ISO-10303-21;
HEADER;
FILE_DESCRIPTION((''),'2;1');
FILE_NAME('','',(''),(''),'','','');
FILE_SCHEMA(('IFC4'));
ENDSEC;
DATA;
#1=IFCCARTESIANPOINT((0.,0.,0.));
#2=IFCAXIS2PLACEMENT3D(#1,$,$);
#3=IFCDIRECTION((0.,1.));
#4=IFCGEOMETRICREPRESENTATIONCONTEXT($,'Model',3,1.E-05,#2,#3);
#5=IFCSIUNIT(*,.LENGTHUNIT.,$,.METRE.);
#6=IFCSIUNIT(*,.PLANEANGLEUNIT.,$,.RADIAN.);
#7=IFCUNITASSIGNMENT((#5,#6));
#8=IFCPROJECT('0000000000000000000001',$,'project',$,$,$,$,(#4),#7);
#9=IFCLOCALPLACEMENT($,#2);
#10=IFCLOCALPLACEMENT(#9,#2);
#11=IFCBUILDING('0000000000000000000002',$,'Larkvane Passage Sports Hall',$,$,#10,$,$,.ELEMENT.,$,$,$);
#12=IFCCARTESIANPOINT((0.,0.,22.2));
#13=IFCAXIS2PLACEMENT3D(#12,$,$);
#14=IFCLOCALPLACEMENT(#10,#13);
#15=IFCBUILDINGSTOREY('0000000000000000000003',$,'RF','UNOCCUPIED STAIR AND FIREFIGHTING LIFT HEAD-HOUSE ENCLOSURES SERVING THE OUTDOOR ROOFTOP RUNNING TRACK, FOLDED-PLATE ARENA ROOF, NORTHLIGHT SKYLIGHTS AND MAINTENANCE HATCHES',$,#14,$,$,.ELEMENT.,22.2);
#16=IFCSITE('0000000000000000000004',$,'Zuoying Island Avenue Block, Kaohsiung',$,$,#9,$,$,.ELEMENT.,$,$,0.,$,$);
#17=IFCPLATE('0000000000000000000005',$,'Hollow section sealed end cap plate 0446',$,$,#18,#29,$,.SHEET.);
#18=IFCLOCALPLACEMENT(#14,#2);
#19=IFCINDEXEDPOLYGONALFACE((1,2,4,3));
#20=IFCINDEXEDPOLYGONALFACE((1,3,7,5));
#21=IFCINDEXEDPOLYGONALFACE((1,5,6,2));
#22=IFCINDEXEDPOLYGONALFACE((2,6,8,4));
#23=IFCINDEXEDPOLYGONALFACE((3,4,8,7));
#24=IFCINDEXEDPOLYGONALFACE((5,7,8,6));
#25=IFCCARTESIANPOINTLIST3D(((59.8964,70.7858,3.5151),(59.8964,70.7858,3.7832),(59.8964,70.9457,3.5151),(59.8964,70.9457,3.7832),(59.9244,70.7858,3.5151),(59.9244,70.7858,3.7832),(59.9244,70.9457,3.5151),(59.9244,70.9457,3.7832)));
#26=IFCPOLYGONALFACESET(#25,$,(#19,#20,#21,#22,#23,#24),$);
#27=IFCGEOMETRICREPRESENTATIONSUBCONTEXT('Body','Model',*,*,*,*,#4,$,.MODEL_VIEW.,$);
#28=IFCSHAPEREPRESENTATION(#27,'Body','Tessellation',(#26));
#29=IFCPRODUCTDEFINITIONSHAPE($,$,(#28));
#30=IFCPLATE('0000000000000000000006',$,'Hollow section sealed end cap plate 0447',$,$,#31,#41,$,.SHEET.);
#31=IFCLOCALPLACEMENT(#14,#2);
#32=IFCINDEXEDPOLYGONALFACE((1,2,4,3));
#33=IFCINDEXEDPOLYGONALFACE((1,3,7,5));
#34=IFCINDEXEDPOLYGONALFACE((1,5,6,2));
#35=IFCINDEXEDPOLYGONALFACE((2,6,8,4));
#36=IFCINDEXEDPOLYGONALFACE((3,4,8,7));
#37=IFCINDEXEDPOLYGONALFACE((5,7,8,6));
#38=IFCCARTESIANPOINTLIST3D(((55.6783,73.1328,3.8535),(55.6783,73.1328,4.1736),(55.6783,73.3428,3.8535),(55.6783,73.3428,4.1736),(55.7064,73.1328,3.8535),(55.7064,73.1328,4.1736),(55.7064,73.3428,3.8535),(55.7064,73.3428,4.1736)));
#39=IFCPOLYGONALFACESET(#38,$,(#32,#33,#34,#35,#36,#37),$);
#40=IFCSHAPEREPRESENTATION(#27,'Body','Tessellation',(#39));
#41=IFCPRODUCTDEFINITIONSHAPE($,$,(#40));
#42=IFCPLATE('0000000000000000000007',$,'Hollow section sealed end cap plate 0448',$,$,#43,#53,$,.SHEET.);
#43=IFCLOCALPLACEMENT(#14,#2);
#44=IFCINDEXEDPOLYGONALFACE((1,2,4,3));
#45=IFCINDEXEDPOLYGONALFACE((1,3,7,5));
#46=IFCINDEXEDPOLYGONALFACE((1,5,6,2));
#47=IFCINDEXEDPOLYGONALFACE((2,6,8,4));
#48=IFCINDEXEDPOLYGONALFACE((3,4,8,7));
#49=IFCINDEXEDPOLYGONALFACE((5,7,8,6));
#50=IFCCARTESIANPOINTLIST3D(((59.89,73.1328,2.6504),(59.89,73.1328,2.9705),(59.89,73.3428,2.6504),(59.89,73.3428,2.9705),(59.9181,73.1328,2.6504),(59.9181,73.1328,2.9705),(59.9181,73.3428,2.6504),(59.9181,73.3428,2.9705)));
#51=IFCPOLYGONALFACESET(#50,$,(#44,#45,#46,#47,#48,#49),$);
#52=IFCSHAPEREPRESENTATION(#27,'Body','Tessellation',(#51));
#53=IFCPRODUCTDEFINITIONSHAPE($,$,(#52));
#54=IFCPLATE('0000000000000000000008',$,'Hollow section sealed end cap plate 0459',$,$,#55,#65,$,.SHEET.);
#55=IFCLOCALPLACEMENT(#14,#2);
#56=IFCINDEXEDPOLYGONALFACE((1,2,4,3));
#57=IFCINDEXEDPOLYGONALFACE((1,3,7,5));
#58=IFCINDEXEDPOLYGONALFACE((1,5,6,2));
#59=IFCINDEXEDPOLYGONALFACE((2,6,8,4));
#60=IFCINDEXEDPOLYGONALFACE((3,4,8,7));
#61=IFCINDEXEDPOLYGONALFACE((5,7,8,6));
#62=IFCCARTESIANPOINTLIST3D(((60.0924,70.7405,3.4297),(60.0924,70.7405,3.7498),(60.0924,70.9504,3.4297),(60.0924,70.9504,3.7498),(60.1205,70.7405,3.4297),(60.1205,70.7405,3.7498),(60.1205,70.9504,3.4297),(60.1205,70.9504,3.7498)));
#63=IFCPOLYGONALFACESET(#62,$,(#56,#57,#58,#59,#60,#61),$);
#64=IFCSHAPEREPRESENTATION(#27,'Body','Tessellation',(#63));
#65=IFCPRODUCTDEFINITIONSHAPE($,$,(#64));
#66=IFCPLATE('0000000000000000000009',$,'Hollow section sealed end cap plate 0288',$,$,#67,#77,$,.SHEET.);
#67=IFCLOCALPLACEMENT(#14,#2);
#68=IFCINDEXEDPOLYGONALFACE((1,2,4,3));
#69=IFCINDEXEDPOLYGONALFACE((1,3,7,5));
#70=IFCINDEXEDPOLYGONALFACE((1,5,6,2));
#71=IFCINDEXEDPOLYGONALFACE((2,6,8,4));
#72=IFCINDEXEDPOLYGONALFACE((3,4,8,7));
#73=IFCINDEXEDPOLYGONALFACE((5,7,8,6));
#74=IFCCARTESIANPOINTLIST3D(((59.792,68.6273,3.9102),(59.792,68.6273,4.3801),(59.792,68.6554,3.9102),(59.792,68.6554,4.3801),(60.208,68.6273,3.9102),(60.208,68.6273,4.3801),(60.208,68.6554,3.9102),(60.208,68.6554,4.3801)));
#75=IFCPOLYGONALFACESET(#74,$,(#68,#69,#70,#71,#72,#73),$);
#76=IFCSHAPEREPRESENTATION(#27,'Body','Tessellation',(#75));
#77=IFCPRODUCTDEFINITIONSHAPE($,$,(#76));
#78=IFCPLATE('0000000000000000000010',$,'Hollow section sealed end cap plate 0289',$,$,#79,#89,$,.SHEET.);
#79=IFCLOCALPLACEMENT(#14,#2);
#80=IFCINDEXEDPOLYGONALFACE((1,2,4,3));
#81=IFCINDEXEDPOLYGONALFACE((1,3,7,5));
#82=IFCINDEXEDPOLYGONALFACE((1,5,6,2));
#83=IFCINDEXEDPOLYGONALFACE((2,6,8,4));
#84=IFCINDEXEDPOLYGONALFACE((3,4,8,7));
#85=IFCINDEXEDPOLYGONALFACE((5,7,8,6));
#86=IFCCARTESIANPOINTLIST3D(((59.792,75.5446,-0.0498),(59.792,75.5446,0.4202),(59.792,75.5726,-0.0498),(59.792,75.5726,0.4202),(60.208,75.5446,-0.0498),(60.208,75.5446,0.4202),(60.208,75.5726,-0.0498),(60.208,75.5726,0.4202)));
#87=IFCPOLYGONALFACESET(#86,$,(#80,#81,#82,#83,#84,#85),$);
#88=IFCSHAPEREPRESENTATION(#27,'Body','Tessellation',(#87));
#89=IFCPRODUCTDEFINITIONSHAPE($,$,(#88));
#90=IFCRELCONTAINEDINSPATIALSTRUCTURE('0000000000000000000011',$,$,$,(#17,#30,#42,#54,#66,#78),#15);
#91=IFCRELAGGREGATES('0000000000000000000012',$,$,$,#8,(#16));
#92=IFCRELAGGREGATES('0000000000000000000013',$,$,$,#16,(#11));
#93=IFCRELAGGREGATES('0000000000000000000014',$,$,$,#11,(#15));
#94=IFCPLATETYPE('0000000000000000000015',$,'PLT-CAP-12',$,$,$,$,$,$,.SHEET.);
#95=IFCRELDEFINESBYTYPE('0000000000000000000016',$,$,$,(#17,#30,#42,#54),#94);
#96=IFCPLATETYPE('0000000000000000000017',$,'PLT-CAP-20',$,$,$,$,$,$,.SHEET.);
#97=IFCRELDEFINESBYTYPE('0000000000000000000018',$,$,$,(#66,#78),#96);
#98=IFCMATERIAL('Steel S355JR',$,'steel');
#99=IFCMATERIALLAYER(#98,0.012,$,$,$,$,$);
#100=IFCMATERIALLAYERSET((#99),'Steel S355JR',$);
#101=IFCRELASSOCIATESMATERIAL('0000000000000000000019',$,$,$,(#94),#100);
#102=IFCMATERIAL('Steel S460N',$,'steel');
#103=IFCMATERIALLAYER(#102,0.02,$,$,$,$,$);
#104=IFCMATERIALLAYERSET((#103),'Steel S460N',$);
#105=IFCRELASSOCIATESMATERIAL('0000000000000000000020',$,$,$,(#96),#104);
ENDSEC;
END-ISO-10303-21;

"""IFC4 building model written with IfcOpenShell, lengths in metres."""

from ifc_helpers import new_model, si_unit, direction, frame, origin, origin_2d, place, context, subcontext, project, spatial, rectangle, extrude, material, layer, layer_set, type_object, element, save


model = new_model("IFC4")

# Units and contexts
model_context = context("Model", 3, precision=1e-05, world=origin(), true_north=direction((0.0, 1.0)))
body_context = subcontext(model_context, "Body", "Model", "MODEL_VIEW")
ifc_project = project(units=[si_unit("LENGTHUNIT", "METRE"), si_unit("PLANEANGLEUNIT", "RADIAN")], contexts=[model_context])

# Site, building, storey
site_placement = place(None, origin())
site = spatial("IfcSite", under=ifc_project, at=site_placement, Name="Zuoying Island Avenue Block, Kaohsiung", CompositionType="ELEMENT", RefElevation=0.0)
building_placement = place(site_placement, origin())
building = spatial("IfcBuilding", under=site, at=building_placement, Name="Larkvane Passage Sports Hall", CompositionType="ELEMENT")
storey_placement = place(building_placement, frame((0.0, 0.0, 22.2)))
storey = spatial("IfcBuildingStorey", under=building, at=storey_placement, Name="RF", Description="UNOCCUPIED STAIR AND FIREFIGHTING LIFT HEAD-HOUSE ENCLOSURES SERVING THE OUTDOOR ROOFTOP RUNNING TRACK, FOLDED-PLATE ARENA ROOF, NORTHLIGHT SKYLIGHTS AND MAINTENANCE HATCHES", CompositionType="ELEMENT", Elevation=22.2)

# Shared definitions
ifc_material_1 = material(Name="Steel S460N", Category="steel")
ifc_material_2 = material(Name="Steel S355JR", Category="steel")

# Plates
ifc_layer_1 = layer(ifc_material_2, 0.012)
ifc_layer_set_1 = layer_set([ifc_layer_1], Name="Steel S355JR")
plate_type_1 = type_object("IfcPlateType", Name="PLT-CAP-12", PredefinedType="SHEET", material=ifc_layer_set_1)
for number, where, z_axis, x_axis, name in (
    (1, (59.9104, 70.8657, 3.5151), (0.0, 0.0, 1.0), (0.0, 1.0, 0.0), "Hollow section sealed end cap plate 0446"),
):
    element("IfcPlate", number, at=place(storey_placement, frame(where, z_axis=z_axis, x_axis=x_axis)), inside=storey, type_object=plate_type_1, Name=name, PredefinedType="SHEET", context=body_context, shape_type="SweptSolid", body=[
        extrude(rectangle(XDim=0.1599, YDim=0.0281, at=origin_2d()), origin(), (0.0, 0.0, 1.0), 0.2681),
    ])
for number, where, z_axis, x_axis, name in (
    (2, (55.6924, 73.2378, 3.8535), (0.0, 0.0, 1.0), (0.0, 1.0, 0.0), "Hollow section sealed end cap plate 0447"),
    (3, (59.9041, 73.2378, 2.6504), (0.0, 0.0, 1.0), (0.0, 1.0, 0.0), "Hollow section sealed end cap plate 0448"),
    (4, (60.1064, 70.8455, 3.4297), (0.0, 0.0, 1.0), (0.0, 1.0, 0.0), "Hollow section sealed end cap plate 0459"),
):
    element("IfcPlate", number, at=place(storey_placement, frame(where, z_axis=z_axis, x_axis=x_axis)), inside=storey, type_object=plate_type_1, Name=name, PredefinedType="SHEET", context=body_context, shape_type="SweptSolid", body=[
        extrude(rectangle(XDim=0.21, YDim=0.0281, at=origin_2d()), origin(), (0.0, 0.0, 1.0), 0.3201),
    ])
ifc_layer_2 = layer(ifc_material_1, 0.02)
ifc_layer_set_2 = layer_set([ifc_layer_2], Name="Steel S460N")
plate_type_2 = type_object("IfcPlateType", Name="PLT-CAP-20", PredefinedType="SHEET", material=ifc_layer_set_2)
for number, where, z_axis, x_axis, name in (
    (5, (60.0, 68.6414, 3.9102), (0.0, 0.0, 1.0), (-1.0, 0.0, 0.0), "Hollow section sealed end cap plate 0288"),
    (6, (60.0, 75.5586, -0.0498), (0.0, 0.0, 1.0), (-1.0, 0.0, 0.0), "Hollow section sealed end cap plate 0289"),
):
    element("IfcPlate", number, at=place(storey_placement, frame(where, z_axis=z_axis, x_axis=x_axis)), inside=storey, type_object=plate_type_2, Name=name, PredefinedType="SHEET", context=body_context, shape_type="SweptSolid", body=[
        extrude(rectangle(XDim=0.416, YDim=0.0281, at=origin_2d()), origin(), (0.0, 0.0, 1.0), 0.47),
    ])

save(model, "model.ifc")
